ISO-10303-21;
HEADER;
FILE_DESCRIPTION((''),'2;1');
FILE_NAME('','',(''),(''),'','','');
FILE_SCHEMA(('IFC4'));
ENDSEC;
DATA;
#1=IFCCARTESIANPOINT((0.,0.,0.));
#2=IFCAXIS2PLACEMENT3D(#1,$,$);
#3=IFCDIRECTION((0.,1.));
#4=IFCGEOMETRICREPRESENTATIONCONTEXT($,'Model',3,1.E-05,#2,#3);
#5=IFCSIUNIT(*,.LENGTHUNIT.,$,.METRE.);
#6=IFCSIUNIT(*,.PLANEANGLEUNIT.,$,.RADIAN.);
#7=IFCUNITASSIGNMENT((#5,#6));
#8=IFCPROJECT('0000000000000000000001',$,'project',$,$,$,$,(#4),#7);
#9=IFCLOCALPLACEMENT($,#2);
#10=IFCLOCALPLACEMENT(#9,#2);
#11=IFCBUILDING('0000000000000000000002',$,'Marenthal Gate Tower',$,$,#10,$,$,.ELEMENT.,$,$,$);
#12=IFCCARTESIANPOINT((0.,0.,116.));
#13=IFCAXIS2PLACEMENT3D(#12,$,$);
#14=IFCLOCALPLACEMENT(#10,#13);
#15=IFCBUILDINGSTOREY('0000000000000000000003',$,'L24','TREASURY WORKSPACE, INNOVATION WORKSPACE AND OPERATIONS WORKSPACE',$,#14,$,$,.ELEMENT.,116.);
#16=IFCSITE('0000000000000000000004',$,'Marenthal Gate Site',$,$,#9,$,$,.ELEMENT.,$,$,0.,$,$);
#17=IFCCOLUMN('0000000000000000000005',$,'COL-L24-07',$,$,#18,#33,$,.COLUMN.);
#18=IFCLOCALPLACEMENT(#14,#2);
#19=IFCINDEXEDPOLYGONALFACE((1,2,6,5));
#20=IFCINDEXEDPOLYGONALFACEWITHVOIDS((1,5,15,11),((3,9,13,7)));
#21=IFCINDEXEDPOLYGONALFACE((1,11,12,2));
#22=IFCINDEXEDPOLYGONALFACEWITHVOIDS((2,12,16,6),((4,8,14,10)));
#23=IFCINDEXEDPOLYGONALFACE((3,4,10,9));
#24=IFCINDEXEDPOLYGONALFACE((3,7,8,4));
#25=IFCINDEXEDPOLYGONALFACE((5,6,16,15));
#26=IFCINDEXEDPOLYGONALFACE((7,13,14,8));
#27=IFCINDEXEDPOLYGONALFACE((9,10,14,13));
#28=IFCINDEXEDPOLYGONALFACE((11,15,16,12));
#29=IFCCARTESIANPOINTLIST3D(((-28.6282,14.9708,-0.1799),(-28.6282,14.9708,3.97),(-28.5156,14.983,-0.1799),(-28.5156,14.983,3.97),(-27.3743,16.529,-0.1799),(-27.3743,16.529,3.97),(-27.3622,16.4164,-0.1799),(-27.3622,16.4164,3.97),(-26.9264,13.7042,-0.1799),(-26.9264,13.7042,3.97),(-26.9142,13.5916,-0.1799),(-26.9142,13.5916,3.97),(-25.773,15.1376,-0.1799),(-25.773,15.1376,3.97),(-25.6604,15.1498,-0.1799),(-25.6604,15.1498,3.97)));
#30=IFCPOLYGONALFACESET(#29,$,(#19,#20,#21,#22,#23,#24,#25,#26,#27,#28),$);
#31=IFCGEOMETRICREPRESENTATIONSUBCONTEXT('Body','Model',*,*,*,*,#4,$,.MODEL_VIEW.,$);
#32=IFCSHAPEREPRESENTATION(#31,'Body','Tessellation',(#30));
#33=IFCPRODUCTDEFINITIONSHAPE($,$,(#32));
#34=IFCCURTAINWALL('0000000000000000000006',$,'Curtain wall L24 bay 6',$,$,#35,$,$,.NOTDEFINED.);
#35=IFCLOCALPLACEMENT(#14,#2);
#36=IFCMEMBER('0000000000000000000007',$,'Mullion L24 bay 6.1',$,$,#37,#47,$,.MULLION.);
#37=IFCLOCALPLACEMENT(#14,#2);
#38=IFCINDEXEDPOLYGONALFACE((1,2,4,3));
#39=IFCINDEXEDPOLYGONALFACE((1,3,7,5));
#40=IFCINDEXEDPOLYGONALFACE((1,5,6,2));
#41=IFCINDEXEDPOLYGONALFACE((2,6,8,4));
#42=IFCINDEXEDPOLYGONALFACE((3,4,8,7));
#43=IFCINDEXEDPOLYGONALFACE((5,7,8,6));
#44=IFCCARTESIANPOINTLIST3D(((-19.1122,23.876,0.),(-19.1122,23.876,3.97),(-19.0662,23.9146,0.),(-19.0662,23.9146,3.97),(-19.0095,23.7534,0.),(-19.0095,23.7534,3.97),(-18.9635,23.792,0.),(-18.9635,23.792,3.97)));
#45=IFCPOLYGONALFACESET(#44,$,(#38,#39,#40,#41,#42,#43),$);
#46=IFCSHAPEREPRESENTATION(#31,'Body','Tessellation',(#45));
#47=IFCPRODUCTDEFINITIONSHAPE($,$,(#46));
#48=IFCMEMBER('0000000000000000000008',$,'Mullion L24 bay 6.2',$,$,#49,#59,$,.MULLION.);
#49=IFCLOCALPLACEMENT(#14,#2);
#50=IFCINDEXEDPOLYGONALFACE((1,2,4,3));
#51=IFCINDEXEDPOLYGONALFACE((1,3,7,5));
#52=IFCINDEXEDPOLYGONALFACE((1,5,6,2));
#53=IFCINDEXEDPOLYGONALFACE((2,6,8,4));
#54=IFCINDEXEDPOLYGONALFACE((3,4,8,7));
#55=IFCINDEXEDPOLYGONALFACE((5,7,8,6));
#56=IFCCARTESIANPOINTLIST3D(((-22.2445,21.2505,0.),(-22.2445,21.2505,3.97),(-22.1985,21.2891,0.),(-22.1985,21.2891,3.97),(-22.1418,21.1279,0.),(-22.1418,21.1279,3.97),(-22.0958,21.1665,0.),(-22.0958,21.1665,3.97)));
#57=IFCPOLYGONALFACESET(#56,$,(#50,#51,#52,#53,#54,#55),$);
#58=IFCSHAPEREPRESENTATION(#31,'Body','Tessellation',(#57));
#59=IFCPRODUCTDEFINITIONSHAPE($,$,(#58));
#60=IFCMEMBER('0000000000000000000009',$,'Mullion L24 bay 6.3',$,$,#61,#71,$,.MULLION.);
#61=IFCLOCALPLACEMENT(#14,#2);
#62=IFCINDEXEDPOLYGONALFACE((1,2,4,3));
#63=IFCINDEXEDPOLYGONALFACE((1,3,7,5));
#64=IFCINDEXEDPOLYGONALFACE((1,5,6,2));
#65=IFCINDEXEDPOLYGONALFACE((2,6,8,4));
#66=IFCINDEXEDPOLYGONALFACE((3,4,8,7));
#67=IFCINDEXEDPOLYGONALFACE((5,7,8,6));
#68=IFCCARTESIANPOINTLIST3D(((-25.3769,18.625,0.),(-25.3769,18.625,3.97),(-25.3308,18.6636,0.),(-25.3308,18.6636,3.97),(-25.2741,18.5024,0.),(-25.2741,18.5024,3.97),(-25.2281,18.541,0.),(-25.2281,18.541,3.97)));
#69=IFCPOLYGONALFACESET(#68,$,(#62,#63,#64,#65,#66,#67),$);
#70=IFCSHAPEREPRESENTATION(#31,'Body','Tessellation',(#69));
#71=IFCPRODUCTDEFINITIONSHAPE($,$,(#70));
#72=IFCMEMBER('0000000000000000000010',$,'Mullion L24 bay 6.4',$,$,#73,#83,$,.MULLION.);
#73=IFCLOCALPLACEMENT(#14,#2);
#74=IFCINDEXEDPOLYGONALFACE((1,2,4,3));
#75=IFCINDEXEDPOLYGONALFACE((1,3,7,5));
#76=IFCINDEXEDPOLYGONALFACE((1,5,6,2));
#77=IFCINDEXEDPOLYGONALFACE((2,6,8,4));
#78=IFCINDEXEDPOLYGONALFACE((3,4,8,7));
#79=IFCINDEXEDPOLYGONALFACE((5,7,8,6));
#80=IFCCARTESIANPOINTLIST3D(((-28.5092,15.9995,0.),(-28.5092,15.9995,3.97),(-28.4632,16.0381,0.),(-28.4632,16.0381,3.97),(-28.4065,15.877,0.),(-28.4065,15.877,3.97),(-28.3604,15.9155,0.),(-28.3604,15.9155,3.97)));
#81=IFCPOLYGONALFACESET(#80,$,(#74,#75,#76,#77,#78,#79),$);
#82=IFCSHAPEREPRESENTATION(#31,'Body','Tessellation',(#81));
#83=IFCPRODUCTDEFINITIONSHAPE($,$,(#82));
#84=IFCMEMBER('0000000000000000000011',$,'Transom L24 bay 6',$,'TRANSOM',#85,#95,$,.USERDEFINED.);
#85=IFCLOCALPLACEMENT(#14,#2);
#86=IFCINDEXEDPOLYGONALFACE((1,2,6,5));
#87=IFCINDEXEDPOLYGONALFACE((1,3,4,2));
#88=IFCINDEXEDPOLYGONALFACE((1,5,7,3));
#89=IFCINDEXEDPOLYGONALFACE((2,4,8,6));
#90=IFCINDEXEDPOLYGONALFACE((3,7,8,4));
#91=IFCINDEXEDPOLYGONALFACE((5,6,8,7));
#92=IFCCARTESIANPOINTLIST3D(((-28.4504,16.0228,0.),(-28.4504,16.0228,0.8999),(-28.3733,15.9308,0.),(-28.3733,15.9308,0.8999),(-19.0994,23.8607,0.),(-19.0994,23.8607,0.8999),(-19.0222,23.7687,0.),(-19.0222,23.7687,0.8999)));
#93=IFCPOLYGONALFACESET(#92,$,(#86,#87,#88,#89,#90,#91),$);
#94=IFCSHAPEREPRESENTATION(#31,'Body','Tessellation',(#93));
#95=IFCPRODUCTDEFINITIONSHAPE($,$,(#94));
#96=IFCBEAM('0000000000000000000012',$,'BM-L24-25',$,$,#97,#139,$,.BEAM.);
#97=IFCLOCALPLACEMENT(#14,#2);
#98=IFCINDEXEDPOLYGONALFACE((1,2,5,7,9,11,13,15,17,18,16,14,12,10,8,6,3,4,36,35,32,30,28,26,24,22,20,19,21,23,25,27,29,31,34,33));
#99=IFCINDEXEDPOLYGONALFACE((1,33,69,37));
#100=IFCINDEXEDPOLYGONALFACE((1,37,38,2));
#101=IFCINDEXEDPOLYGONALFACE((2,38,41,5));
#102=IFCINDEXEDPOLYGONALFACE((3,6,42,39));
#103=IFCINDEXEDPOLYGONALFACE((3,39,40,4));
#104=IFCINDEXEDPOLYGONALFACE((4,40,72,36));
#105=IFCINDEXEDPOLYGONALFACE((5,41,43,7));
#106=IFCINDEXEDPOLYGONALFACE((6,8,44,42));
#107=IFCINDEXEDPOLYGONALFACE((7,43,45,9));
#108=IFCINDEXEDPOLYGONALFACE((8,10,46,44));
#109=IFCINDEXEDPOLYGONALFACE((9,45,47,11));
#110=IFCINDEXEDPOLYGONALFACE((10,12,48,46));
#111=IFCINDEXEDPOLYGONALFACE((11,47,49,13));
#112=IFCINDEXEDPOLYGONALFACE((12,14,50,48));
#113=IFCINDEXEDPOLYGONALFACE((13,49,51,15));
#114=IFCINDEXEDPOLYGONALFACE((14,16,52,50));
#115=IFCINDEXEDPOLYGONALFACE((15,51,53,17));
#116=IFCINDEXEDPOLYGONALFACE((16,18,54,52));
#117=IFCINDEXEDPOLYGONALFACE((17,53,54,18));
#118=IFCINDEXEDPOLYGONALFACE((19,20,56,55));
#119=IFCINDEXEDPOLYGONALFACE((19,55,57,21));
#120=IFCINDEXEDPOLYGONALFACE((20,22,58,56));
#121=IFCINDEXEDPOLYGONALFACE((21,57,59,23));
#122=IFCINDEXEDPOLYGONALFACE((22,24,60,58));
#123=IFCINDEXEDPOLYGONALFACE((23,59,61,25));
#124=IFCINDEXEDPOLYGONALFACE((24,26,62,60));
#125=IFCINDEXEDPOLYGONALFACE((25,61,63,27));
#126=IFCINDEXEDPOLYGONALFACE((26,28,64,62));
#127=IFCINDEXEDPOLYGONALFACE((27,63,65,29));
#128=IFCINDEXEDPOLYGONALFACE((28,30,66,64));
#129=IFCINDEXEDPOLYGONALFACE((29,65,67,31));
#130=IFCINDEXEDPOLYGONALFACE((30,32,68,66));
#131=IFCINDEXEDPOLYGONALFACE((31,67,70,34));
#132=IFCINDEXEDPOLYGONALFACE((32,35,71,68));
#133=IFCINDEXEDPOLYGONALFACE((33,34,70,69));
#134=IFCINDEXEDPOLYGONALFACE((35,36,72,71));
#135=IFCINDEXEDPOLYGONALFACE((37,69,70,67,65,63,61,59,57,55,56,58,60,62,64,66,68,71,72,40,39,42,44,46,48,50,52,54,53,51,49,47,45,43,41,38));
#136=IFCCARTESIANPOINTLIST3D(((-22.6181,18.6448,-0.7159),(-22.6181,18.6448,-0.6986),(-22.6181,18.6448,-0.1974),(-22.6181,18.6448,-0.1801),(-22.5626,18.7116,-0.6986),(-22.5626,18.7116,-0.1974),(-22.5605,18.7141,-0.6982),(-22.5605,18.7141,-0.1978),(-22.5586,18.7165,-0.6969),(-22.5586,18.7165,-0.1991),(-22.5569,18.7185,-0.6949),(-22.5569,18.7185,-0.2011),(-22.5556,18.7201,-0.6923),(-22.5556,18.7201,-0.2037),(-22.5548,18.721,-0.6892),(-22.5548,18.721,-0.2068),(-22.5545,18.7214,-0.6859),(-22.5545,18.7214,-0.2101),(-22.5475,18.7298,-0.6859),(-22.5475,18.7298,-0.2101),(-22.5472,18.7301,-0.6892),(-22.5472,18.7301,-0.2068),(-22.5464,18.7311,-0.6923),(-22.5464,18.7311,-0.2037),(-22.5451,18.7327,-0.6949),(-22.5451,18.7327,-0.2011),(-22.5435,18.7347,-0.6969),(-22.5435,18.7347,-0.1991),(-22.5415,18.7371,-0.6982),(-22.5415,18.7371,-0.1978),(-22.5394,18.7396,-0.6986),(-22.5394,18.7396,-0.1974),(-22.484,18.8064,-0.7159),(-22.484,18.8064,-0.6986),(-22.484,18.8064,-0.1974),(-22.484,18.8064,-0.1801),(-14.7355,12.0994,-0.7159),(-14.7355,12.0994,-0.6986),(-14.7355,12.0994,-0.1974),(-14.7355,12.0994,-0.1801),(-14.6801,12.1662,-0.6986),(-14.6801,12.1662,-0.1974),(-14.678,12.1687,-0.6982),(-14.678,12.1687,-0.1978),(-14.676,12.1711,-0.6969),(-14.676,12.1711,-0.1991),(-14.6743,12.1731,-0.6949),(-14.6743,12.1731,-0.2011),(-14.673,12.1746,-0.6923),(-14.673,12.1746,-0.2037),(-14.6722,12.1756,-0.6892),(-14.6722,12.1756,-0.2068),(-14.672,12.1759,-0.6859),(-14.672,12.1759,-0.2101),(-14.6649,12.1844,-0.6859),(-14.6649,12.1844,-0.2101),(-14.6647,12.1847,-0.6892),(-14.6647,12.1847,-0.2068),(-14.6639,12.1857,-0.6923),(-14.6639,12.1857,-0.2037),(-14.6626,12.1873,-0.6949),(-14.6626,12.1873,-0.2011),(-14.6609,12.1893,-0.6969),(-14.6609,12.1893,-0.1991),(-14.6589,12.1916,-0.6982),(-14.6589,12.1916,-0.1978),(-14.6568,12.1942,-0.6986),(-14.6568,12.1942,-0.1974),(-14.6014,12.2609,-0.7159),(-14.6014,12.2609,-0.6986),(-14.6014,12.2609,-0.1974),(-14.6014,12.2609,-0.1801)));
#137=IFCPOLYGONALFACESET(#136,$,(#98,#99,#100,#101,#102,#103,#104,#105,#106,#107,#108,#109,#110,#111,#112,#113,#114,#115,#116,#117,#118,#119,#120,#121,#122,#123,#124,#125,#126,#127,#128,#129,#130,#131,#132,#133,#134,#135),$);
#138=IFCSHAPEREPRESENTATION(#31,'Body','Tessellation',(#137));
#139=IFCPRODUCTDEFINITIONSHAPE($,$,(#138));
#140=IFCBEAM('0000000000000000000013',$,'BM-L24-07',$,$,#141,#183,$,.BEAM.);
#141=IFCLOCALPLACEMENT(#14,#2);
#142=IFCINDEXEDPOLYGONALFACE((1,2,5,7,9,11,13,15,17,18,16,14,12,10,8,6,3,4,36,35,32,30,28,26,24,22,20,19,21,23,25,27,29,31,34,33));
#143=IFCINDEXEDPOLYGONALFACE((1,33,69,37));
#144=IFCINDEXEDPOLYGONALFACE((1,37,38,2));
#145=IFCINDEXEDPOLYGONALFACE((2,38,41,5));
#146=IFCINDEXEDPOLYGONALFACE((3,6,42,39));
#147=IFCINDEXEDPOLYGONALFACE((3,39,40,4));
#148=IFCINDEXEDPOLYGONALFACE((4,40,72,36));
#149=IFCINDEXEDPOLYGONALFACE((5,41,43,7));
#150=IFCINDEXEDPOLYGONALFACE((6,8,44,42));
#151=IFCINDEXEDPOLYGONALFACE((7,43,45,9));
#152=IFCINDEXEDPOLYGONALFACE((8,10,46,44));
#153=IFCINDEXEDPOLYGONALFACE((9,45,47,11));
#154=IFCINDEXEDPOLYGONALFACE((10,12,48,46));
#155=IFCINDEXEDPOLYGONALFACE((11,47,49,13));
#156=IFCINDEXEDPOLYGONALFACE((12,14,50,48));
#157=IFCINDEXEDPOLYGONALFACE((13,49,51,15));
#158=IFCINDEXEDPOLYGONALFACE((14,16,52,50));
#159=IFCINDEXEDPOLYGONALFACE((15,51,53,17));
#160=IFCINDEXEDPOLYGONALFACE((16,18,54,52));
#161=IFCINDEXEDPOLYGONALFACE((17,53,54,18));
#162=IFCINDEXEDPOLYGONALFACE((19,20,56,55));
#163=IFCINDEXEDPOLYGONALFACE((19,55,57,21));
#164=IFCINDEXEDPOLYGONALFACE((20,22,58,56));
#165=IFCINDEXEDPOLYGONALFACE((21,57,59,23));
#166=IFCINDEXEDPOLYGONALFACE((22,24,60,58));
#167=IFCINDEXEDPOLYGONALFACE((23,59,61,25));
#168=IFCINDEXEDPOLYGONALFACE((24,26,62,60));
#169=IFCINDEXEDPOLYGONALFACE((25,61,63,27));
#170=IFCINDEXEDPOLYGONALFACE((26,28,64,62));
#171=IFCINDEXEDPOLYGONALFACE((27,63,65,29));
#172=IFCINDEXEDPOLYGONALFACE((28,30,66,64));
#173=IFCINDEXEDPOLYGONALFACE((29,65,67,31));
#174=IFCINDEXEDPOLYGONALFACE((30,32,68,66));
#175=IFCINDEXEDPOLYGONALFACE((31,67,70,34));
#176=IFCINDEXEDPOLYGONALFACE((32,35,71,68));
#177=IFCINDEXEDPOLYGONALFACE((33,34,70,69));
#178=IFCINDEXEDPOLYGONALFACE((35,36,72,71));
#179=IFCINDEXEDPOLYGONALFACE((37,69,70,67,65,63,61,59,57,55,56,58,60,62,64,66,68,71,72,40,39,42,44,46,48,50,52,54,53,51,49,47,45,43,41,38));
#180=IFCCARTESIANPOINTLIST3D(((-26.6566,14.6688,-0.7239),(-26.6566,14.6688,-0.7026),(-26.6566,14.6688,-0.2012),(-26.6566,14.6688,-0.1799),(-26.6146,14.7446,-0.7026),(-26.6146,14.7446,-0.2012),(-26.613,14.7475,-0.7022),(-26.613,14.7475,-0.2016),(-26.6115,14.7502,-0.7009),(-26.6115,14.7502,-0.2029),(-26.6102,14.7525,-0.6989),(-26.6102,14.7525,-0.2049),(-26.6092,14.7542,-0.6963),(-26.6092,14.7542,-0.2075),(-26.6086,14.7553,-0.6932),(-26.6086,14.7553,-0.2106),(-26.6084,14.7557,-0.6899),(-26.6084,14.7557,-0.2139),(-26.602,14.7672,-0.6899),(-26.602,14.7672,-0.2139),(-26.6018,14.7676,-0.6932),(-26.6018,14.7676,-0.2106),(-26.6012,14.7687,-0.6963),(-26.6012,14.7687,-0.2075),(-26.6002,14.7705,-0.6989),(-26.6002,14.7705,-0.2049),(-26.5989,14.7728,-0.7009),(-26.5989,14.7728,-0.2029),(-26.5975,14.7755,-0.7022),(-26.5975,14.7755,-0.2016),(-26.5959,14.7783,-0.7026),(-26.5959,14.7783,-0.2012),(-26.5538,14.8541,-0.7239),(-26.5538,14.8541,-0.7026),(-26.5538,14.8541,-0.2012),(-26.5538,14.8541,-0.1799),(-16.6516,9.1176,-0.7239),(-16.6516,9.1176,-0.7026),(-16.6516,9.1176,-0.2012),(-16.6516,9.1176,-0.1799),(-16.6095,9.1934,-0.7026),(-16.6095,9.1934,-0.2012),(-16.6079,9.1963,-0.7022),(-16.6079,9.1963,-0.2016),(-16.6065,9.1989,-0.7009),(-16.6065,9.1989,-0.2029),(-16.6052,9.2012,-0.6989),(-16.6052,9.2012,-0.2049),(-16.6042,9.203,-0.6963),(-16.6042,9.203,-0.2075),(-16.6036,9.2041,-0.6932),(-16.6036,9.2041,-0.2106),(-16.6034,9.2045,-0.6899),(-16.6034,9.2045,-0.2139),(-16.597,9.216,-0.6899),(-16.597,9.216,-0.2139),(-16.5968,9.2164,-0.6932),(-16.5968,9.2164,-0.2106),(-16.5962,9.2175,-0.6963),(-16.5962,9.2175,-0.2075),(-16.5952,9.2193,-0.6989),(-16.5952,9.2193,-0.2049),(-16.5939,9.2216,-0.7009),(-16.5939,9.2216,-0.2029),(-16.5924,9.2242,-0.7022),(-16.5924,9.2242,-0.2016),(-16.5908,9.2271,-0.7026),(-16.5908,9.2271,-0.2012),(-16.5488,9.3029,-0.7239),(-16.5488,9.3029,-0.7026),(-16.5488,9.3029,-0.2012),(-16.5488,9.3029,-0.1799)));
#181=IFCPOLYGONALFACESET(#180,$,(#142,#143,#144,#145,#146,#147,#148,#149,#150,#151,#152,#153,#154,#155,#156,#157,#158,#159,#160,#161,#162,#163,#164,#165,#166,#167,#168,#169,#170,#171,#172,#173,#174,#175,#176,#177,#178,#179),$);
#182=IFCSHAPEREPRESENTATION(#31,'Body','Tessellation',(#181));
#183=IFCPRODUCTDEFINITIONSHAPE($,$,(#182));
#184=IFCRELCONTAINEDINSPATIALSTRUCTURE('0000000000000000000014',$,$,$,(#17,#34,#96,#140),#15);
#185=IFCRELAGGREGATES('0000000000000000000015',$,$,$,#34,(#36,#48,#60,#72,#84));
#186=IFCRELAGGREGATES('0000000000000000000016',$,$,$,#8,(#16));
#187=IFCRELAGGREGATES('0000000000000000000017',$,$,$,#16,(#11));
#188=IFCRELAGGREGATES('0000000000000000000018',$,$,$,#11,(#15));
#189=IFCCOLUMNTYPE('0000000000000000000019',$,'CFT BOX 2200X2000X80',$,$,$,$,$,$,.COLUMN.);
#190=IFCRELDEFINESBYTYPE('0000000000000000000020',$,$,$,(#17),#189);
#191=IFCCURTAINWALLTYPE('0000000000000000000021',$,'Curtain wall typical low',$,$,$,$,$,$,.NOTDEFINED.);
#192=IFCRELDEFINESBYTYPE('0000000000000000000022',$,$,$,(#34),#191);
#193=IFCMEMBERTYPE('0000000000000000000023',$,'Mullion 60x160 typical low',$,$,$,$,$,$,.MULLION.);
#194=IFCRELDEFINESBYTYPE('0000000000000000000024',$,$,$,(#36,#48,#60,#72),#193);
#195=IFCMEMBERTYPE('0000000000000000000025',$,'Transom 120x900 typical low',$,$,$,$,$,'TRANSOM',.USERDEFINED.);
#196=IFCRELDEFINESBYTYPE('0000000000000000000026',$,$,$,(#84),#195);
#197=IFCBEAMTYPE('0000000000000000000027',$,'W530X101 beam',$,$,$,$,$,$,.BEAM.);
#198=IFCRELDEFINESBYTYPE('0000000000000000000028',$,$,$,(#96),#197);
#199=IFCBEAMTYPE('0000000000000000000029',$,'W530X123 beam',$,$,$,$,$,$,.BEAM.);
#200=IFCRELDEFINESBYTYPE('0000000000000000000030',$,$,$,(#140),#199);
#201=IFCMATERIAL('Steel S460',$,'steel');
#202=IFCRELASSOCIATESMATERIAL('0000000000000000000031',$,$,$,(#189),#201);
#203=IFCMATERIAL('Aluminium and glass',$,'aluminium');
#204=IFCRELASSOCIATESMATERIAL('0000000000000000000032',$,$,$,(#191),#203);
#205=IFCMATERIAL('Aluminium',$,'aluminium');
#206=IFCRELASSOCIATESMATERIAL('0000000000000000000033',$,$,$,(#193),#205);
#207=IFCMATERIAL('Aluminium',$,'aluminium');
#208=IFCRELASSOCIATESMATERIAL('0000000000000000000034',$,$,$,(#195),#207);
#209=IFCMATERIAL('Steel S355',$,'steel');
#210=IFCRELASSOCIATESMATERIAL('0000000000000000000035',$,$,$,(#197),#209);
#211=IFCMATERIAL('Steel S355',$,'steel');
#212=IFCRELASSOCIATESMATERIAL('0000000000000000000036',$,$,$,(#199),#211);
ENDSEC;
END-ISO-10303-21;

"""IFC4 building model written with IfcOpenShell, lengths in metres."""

from ifc_helpers import new_model, si_unit, direction, frame, origin, origin_2d, place, context, subcontext, project, spatial, rectangle, hollow_rectangle, i_section, extrude, material, material_profile, profile_set, type_object, element, aggregate, save


model = new_model("IFC4")

# Units and contexts
model_context = context("Model", 3, precision=1e-05, world=origin(), true_north=direction((0.0, 1.0)))
body_context = subcontext(model_context, "Body", "Model", "MODEL_VIEW")
ifc_project = project(units=[si_unit("LENGTHUNIT", "METRE"), si_unit("PLANEANGLEUNIT", "RADIAN")], contexts=[model_context])

# Site, building, storey
site_placement = place(None, origin())
site = spatial("IfcSite", under=ifc_project, at=site_placement, Name="Marenthal Gate Site", CompositionType="ELEMENT", RefElevation=0.0)
building_placement = place(site_placement, origin())
building = spatial("IfcBuilding", under=site, at=building_placement, Name="Marenthal Gate Tower", CompositionType="ELEMENT")
storey_placement = place(building_placement, frame((0.0, 0.0, 116.0)))
storey = spatial("IfcBuildingStorey", under=building, at=storey_placement, Name="L24", Description="TREASURY WORKSPACE, INNOVATION WORKSPACE AND OPERATIONS WORKSPACE", CompositionType="ELEMENT", Elevation=116.0)

# Column
ifc_material_1 = material(Name="Steel S460", Category="steel")
ifc_material_profile_1 = material_profile(ifc_material_1, hollow_rectangle(XDim=2.0, YDim=2.2, WallThickness=0.0801, at=origin_2d()), Name="CFT BOX 2200X2000X80")
ifc_material_2 = material(Name="Concrete 70 MPa", Category="concrete")
ifc_material_profile_2 = material_profile(ifc_material_2, rectangle(XDim=1.8401, YDim=2.04, at=origin_2d()), Name="CFT BOX 2200X2000X80 INFILL")
ifc_profile_set_1 = profile_set([ifc_material_profile_1, ifc_material_profile_2], Name="Steel S460 shell, Concrete 70 MPa infill")
column_type = type_object("IfcColumnType", Name="CFT BOX 2200X2000X80", PredefinedType="COLUMN", material=ifc_profile_set_1)
column_placement = place(storey_placement, frame((-27.1443, 15.0603, -0.1799), z_axis=(0.0, 0.0, 1.0), x_axis=(0.626918, 0.779085, 0.0)))
element("IfcColumn", 1, at=column_placement, inside=storey, type_object=column_type, Name="COL-L24-07", PredefinedType="COLUMN", context=body_context, shape_type="SweptSolid", body=[
    extrude(hollow_rectangle(XDim=2.0, YDim=2.2, WallThickness=0.0801, at=origin_2d()), origin(), (0.0, 0.0, 1.0), 4.1499),
])

# Curtain wall, members
ifc_material_3 = material(Name="Aluminium and glass", Category="aluminium")
curtain_wall_type = type_object("IfcCurtainWallType", Name="Curtain wall typical low", PredefinedType="NOTDEFINED", material=ifc_material_3)
curtain_wall_placement = place(storey_placement, origin())
curtain_wall = element("IfcCurtainWall", 2, at=curtain_wall_placement, inside=storey, type_object=curtain_wall_type, Name="Curtain wall L24 bay 6", PredefinedType="NOTDEFINED")
ifc_material_4 = material(Name="Aluminium", Category="aluminium")
ifc_material_profile_3 = material_profile(ifc_material_4, rectangle(XDim=0.1599, YDim=0.0601, at=origin_2d()), Name="60x160 aluminium mullion")
ifc_profile_set_2 = profile_set([ifc_material_profile_3], Name="Aluminium")
member_type_1 = type_object("IfcMemberType", Name="Mullion 60x160 typical low", PredefinedType="MULLION", material=ifc_profile_set_2)
member_1_placement = place(storey_placement, frame((-19.0378, 23.834, 0.0), z_axis=(0.0, 0.0, 1.0), x_axis=(0.642377, -0.766389, 0.0)))
member_1 = element("IfcMember", 3, at=member_1_placement, type_object=member_type_1, Name="Mullion L24 bay 6.1", PredefinedType="MULLION", context=body_context, shape_type="SweptSolid", body=[
    extrude(rectangle(XDim=0.1599, YDim=0.0601, at=origin_2d()), origin(), (0.0, 0.0, 1.0), 3.97),
])
member_2_placement = place(storey_placement, frame((-22.1702, 21.2085, 0.0), z_axis=(0.0, 0.0, 1.0), x_axis=(0.642377, -0.766389, 0.0)))
member_2 = element("IfcMember", 4, at=member_2_placement, type_object=member_type_1, Name="Mullion L24 bay 6.2", PredefinedType="MULLION", context=body_context, shape_type="SweptSolid", body=[
    extrude(rectangle(XDim=0.1599, YDim=0.0601, at=origin_2d()), origin(), (0.0, 0.0, 1.0), 3.97),
])
member_3_placement = place(storey_placement, frame((-25.3025, 18.583, 0.0), z_axis=(0.0, 0.0, 1.0), x_axis=(0.642377, -0.766389, 0.0)))
member_3 = element("IfcMember", 5, at=member_3_placement, type_object=member_type_1, Name="Mullion L24 bay 6.3", PredefinedType="MULLION", context=body_context, shape_type="SweptSolid", body=[
    extrude(rectangle(XDim=0.1599, YDim=0.0601, at=origin_2d()), origin(), (0.0, 0.0, 1.0), 3.97),
])
member_4_placement = place(storey_placement, frame((-28.4348, 15.9575, 0.0), z_axis=(0.0, 0.0, 1.0), x_axis=(0.642377, -0.766389, 0.0)))
member_4 = element("IfcMember", 6, at=member_4_placement, type_object=member_type_1, Name="Mullion L24 bay 6.4", PredefinedType="MULLION", context=body_context, shape_type="SweptSolid", body=[
    extrude(rectangle(XDim=0.1599, YDim=0.0601, at=origin_2d()), origin(), (0.0, 0.0, 1.0), 3.97),
])
ifc_material_5 = material(Name="Aluminium", Category="aluminium")
ifc_material_profile_4 = material_profile(ifc_material_5, rectangle(XDim=0.1201, YDim=0.8999, at=origin_2d()), Name="120x900 aluminium transom")
ifc_profile_set_3 = profile_set([ifc_material_profile_4], Name="Aluminium")
member_type_2 = type_object("IfcMemberType", Name="Transom 120x900 typical low", ElementType="TRANSOM", PredefinedType="USERDEFINED", material=ifc_profile_set_3)
member_5_placement = place(storey_placement, frame((-19.0608, 23.8147, 0.45), z_axis=(-0.766391, -0.642374, 0.0), x_axis=(0.642374, -0.766391, 0.0)))
member_5 = element("IfcMember", 7, at=member_5_placement, type_object=member_type_2, Name="Transom L24 bay 6", ObjectType="TRANSOM", PredefinedType="USERDEFINED", context=body_context, shape_type="SweptSolid", body=[
    extrude(rectangle(XDim=0.1201, YDim=0.8999, at=origin_2d()), origin(), (0.0, 0.0, 1.0), 12.2014),
])

# Beams
ifc_material_6 = material(Name="Steel S355", Category="steel")
ifc_material_profile_5 = material_profile(ifc_material_6, i_section(OverallWidth=0.21, OverallDepth=0.5359, WebThickness=0.011, FlangeThickness=0.0173, FilletRadius=0.0127, at=origin_2d()), Name="W530X101")
ifc_profile_set_4 = profile_set([ifc_material_profile_5], Name="Steel S355")
beam_type_1 = type_object("IfcBeamType", Name="W530X101 beam", PredefinedType="BEAM", material=ifc_profile_set_4)
beam_1_placement = place(storey_placement, frame((-22.551, 18.7256, -0.448), z_axis=(0.769343, -0.638836, 0.0), x_axis=(0.638836, 0.769343, 0.0)))
element("IfcBeam", 8, at=beam_1_placement, inside=storey, type_object=beam_type_1, Name="BM-L24-25", PredefinedType="BEAM", context=body_context, shape_type="SweptSolid", body=[
    extrude(i_section(OverallWidth=0.21, OverallDepth=0.5359, WebThickness=0.011, FlangeThickness=0.0173, FilletRadius=0.0127, at=origin_2d()), origin(), (0.0, 0.0, 1.0), 10.2458),
])
ifc_material_7 = material(Name="Steel S355", Category="steel")
ifc_material_profile_6 = material_profile(ifc_material_7, i_section(OverallWidth=0.2119, OverallDepth=0.5439, WebThickness=0.0132, FlangeThickness=0.0212, FilletRadius=0.0127, at=origin_2d()), Name="W530X123")
ifc_profile_set_5 = profile_set([ifc_material_profile_6], Name="Steel S355")
beam_type_2 = type_object("IfcBeamType", Name="W530X123 beam", PredefinedType="BEAM", material=ifc_profile_set_5)
beam_2_placement = place(storey_placement, frame((-26.6052, 14.7615, -0.4519), z_axis=(0.874422, -0.485166, 0.0), x_axis=(0.485166, 0.874422, 0.0)))
element("IfcBeam", 9, at=beam_2_placement, inside=storey, type_object=beam_type_2, Name="BM-L24-07", PredefinedType="BEAM", context=body_context, shape_type="SweptSolid", body=[
    extrude(i_section(OverallWidth=0.2119, OverallDepth=0.5439, WebThickness=0.0132, FlangeThickness=0.0212, FilletRadius=0.0127, at=origin_2d()), origin(), (0.0, 0.0, 1.0), 11.4419),
])

aggregate(curtain_wall, [member_1, member_2, member_3, member_4, member_5])

save(model, "model.ifc")
